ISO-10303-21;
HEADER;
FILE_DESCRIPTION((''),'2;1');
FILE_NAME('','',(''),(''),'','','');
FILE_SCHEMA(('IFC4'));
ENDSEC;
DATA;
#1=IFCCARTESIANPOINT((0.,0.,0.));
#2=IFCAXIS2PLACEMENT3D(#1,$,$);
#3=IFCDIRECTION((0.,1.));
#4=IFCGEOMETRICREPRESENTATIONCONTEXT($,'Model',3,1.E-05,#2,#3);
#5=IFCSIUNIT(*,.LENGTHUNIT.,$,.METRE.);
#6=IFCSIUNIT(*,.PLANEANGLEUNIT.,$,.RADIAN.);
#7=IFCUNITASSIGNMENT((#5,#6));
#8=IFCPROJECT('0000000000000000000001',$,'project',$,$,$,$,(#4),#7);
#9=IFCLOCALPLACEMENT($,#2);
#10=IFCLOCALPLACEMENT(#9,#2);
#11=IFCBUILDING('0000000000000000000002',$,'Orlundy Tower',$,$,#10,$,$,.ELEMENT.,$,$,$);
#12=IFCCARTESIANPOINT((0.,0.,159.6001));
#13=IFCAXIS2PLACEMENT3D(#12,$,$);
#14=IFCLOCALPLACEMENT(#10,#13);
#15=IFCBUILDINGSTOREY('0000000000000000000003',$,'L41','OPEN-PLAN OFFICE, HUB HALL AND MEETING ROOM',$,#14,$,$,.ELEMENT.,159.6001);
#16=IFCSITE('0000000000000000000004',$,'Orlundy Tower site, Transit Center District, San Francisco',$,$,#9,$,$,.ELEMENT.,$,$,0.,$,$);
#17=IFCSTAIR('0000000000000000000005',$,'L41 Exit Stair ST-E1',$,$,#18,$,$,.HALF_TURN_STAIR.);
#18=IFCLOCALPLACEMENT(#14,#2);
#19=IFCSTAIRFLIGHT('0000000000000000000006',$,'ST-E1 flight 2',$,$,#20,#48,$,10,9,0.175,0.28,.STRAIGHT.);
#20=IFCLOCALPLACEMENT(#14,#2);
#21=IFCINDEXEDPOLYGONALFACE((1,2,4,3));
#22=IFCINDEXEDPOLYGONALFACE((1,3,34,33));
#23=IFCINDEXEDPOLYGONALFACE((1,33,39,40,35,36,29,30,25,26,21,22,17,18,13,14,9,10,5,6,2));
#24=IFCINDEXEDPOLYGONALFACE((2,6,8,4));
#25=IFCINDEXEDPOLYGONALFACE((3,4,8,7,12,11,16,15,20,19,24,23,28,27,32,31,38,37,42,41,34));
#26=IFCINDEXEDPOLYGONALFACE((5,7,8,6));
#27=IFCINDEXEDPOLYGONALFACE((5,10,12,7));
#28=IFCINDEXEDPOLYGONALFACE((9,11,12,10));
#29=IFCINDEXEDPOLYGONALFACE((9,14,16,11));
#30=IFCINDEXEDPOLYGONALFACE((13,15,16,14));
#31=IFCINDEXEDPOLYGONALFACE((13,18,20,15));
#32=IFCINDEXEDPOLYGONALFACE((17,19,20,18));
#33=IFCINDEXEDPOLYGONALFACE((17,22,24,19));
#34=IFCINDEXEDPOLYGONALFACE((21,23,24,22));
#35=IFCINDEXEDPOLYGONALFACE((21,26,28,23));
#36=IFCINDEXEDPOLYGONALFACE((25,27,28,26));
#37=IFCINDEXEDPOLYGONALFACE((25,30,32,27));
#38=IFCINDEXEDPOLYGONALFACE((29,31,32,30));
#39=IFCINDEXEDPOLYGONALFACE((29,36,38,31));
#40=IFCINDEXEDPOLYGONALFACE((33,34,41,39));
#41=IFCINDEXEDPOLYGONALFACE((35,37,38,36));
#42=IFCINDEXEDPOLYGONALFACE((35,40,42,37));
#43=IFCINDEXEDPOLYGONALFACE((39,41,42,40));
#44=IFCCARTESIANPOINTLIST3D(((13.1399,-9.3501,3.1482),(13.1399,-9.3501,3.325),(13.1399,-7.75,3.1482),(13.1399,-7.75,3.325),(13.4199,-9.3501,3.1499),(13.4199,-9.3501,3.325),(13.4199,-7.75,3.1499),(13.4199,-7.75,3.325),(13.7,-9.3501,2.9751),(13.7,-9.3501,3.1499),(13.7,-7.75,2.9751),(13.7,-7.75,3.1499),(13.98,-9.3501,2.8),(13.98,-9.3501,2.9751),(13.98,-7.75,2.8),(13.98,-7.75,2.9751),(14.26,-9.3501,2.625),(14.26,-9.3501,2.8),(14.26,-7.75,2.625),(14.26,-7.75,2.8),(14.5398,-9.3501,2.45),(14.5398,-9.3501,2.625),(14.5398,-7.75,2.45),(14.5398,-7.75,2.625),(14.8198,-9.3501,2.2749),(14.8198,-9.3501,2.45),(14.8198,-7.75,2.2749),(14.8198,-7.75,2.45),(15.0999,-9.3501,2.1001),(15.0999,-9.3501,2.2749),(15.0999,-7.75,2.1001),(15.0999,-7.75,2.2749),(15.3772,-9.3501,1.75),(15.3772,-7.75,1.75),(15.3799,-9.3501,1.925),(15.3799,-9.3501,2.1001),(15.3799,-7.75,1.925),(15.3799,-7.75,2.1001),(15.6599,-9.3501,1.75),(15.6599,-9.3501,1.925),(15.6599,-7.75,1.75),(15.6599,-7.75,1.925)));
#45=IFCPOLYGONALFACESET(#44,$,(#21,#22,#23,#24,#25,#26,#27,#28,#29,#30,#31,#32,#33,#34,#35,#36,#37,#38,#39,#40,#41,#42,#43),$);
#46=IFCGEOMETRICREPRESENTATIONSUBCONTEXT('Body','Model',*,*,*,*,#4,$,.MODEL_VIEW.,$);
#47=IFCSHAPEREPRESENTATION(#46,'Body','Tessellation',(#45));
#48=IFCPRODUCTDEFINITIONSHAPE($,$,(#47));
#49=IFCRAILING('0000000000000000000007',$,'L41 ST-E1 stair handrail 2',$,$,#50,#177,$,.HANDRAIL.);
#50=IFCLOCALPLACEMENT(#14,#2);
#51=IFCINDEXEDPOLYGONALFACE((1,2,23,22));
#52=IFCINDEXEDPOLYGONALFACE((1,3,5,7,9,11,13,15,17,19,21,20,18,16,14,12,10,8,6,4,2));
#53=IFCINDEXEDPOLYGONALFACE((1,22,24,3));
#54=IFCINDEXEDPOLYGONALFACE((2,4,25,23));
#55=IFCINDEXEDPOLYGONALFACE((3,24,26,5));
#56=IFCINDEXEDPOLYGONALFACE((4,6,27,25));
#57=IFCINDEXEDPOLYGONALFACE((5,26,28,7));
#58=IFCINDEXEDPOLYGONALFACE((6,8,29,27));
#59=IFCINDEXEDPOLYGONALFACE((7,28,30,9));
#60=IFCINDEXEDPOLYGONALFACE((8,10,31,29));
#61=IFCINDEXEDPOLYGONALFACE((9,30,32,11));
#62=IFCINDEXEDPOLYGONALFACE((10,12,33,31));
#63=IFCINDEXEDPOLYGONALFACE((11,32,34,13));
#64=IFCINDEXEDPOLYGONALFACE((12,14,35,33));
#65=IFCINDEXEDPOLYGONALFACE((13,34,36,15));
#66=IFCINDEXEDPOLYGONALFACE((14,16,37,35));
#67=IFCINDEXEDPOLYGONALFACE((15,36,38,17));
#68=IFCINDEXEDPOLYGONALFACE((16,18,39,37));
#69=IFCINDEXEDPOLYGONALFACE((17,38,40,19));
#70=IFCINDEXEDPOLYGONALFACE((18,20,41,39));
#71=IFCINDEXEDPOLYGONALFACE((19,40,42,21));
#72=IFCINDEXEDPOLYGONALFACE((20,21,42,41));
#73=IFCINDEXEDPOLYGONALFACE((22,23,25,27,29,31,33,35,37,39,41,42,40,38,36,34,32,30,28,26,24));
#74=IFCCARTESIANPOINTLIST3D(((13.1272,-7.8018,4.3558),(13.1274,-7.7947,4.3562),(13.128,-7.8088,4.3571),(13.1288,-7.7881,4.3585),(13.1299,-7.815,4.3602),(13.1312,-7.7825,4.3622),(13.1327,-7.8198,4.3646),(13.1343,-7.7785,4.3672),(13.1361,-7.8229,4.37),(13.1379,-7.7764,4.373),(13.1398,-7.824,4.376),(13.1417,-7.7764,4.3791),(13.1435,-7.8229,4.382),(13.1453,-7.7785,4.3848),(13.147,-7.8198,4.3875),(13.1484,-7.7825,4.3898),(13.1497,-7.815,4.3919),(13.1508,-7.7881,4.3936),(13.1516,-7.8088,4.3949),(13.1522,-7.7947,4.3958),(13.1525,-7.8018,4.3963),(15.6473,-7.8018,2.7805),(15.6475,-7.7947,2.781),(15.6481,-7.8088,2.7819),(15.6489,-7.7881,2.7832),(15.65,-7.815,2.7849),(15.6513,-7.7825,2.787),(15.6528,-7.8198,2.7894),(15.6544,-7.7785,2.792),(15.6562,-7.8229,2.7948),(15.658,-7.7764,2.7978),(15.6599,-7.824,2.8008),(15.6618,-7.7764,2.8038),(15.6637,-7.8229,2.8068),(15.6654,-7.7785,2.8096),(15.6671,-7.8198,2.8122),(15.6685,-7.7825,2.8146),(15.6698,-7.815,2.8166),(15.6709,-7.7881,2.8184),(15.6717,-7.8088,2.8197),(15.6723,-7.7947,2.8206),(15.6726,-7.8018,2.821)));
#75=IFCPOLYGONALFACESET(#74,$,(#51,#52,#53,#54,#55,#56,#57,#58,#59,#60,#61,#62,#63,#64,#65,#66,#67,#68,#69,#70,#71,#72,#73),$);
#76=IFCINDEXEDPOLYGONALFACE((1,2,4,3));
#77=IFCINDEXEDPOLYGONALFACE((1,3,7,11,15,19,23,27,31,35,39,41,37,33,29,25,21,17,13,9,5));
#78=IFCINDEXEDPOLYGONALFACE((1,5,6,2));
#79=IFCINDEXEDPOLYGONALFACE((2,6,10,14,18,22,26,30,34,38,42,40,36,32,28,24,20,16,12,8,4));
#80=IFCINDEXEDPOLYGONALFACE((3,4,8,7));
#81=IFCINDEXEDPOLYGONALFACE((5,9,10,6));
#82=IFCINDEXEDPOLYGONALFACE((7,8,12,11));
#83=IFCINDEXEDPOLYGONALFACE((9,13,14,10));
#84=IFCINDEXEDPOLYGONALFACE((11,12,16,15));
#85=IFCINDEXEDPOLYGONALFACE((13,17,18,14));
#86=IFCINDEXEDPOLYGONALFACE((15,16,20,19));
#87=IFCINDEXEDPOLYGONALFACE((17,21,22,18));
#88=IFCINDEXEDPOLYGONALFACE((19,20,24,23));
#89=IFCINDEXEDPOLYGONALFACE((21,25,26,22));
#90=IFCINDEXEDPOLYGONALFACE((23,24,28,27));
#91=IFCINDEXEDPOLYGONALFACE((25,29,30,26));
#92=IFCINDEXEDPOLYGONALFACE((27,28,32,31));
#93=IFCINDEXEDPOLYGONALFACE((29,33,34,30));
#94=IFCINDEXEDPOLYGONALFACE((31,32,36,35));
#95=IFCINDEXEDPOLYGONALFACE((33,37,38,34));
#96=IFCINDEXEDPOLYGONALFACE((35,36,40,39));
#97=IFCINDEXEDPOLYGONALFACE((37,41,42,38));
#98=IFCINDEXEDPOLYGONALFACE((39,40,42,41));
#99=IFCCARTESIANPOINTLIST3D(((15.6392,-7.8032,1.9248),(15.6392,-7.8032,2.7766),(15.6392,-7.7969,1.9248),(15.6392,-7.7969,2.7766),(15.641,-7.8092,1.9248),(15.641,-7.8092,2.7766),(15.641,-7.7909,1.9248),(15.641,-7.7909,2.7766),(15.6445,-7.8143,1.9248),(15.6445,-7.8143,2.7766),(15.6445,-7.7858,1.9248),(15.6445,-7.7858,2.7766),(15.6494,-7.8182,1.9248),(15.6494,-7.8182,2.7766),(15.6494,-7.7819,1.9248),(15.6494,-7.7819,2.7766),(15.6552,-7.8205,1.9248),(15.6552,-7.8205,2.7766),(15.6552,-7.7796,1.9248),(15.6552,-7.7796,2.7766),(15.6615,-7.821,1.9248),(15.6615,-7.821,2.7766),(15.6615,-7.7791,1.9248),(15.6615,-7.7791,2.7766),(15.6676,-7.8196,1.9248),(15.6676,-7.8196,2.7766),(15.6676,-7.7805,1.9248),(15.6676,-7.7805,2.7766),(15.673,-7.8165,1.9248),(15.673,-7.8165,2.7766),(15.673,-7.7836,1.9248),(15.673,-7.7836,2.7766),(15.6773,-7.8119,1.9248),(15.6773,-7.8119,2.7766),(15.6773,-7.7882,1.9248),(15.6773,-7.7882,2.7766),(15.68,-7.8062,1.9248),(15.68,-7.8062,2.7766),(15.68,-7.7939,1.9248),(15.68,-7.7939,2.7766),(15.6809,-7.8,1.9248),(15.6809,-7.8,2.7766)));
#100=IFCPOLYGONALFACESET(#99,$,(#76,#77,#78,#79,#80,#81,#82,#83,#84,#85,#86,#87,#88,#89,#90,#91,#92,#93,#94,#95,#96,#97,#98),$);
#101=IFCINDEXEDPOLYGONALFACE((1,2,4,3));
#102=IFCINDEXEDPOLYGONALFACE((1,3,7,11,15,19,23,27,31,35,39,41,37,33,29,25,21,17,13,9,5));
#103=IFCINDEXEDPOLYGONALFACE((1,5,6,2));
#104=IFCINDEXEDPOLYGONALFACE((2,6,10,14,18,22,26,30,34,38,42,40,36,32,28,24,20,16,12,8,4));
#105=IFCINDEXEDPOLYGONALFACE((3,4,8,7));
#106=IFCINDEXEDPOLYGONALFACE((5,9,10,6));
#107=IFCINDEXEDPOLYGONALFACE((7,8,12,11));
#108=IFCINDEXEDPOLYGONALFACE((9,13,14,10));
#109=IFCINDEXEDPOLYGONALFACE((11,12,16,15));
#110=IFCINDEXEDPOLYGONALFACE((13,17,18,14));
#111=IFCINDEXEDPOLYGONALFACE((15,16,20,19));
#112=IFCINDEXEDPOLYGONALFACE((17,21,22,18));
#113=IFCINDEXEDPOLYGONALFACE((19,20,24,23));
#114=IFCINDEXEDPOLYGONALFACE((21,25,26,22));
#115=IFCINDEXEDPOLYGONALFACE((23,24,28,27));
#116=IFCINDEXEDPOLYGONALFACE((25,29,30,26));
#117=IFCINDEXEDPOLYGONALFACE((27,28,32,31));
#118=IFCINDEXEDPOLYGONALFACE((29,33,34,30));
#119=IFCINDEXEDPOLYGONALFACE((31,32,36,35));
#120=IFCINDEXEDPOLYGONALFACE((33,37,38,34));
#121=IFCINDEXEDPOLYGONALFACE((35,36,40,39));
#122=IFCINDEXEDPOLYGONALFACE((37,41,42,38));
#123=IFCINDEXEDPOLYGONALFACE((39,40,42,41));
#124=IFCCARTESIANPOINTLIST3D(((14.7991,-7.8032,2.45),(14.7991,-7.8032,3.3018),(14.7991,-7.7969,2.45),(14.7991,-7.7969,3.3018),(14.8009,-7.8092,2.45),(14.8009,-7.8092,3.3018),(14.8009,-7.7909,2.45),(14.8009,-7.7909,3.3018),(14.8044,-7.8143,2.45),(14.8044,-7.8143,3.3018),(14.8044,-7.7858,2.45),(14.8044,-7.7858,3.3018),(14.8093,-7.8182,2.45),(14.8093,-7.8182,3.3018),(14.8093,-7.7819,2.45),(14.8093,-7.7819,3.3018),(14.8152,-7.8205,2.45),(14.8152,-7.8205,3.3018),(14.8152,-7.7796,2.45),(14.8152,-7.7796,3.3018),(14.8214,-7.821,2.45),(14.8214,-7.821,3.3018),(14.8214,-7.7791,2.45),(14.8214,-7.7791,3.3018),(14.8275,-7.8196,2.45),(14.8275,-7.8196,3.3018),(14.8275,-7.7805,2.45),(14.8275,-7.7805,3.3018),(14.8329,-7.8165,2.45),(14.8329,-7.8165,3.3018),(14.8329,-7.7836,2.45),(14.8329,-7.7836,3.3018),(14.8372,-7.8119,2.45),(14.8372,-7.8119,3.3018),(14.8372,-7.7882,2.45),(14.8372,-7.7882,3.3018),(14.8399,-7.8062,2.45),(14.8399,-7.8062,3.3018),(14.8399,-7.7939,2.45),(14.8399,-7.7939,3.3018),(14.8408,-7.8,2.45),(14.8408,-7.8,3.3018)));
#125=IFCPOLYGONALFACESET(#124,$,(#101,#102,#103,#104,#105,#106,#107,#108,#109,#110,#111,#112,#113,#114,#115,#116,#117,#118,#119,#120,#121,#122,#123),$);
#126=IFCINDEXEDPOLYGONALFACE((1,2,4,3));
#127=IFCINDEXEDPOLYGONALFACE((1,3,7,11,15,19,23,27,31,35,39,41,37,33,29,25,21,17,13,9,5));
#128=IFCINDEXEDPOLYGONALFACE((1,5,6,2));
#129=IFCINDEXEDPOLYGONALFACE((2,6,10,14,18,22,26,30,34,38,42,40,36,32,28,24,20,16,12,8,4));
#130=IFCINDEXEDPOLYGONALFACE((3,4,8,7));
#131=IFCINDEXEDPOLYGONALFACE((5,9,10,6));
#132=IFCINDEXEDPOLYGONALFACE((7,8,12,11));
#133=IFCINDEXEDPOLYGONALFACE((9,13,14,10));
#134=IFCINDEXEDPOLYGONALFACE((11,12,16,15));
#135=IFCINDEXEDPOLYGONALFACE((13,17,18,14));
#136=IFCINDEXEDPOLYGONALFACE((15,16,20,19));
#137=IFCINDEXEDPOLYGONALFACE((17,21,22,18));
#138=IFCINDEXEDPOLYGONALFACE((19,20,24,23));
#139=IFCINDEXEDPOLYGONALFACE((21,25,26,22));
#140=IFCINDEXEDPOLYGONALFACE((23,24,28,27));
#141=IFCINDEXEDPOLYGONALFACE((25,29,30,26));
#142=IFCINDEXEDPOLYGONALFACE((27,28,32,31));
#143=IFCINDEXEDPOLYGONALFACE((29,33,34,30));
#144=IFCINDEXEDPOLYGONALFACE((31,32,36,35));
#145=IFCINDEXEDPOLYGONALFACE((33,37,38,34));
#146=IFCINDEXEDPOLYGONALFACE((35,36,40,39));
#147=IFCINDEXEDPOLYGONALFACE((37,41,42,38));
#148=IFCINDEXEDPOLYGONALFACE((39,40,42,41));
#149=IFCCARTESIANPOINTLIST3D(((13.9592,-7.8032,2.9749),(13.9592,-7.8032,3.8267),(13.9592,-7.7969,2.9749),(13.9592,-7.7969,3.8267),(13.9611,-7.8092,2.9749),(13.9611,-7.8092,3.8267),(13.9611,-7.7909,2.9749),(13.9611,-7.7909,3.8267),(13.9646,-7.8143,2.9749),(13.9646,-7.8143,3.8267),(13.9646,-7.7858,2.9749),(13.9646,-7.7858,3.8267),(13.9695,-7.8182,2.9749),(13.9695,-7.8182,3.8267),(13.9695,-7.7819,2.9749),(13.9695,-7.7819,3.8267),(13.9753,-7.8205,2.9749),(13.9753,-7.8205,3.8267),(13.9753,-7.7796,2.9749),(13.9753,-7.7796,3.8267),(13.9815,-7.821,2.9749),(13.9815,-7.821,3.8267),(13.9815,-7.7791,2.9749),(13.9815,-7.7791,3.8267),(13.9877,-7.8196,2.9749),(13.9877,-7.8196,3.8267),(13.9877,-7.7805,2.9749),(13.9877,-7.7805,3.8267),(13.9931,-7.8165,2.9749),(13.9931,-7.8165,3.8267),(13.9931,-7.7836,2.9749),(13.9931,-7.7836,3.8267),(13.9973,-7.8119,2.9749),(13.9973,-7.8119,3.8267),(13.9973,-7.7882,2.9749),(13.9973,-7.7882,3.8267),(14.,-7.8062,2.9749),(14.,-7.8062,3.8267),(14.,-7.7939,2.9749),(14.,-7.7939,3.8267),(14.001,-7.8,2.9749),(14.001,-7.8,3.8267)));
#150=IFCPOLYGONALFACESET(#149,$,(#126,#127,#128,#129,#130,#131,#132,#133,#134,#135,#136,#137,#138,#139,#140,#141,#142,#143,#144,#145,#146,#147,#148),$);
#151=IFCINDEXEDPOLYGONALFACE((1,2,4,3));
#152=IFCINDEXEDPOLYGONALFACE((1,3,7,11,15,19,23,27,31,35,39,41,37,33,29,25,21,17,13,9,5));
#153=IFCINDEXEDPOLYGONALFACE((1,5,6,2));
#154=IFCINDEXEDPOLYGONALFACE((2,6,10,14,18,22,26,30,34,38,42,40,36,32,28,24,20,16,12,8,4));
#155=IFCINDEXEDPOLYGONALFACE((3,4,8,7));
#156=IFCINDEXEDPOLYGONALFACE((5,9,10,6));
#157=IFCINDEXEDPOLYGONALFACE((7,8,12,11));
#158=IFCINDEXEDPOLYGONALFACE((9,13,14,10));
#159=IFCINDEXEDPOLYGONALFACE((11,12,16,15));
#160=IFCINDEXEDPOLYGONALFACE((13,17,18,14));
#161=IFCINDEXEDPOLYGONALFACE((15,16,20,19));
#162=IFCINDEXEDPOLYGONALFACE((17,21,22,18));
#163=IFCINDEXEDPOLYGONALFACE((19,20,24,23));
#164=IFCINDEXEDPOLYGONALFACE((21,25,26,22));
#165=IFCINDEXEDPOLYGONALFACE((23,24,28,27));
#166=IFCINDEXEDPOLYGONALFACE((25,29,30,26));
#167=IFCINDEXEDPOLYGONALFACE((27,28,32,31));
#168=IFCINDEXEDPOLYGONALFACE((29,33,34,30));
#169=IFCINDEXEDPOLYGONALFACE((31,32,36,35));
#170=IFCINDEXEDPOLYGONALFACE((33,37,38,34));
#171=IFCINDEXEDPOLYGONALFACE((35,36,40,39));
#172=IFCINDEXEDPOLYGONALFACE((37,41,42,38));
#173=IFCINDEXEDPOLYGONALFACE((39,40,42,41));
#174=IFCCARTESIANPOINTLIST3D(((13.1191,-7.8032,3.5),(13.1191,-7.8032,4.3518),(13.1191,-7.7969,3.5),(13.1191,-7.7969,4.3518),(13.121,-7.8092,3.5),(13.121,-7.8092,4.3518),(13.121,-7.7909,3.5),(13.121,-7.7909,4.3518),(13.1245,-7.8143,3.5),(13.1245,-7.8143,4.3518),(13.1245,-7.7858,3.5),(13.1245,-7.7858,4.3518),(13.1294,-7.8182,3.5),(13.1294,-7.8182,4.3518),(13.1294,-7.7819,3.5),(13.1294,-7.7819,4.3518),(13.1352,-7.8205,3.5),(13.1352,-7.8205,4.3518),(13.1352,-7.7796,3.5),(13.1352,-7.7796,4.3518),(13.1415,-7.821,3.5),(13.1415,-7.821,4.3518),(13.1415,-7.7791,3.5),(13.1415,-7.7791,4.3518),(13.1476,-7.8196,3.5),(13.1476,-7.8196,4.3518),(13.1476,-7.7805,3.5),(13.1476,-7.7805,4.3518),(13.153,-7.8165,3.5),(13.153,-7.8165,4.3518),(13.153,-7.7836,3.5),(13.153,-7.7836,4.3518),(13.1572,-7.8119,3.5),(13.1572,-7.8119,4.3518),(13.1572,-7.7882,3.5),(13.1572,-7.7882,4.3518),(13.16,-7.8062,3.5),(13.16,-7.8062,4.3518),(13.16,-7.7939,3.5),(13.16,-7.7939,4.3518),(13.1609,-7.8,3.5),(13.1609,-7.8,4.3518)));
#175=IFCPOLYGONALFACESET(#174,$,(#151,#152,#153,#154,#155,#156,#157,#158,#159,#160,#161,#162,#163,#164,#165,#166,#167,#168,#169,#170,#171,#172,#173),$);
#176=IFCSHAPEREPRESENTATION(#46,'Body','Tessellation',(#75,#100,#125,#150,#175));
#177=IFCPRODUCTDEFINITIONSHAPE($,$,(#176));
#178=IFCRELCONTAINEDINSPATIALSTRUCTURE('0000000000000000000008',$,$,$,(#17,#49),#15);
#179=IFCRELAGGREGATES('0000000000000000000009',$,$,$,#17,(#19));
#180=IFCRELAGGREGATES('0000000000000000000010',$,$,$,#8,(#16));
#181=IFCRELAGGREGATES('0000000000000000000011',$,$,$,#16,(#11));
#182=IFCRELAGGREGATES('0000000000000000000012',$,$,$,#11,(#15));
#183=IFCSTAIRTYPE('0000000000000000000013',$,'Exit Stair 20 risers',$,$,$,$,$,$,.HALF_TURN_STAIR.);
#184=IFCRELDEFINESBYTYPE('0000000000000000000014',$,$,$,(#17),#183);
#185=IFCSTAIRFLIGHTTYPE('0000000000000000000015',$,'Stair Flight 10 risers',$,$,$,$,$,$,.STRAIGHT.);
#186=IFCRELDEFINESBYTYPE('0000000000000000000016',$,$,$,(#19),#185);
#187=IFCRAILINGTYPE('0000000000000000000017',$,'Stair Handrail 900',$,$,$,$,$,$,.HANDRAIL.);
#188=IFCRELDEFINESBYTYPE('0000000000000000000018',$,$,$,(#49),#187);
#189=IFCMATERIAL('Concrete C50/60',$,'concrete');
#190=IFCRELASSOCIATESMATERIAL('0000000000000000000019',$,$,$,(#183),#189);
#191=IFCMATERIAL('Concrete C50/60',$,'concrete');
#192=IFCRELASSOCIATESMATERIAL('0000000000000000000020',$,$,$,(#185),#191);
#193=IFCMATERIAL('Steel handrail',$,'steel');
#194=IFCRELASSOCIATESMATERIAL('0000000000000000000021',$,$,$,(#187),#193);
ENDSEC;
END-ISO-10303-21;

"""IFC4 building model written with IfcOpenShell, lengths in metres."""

from ifc_helpers import new_model, si_unit, direction, frame, origin, origin_2d, place, context, subcontext, project, spatial, polyline, circle, outline, extrude, material, type_object, element, aggregate, save


model = new_model("IFC4")

# Units and contexts
model_context = context("Model", 3, precision=1e-05, world=origin(), true_north=direction((0.0, 1.0)))
body_context = subcontext(model_context, "Body", "Model", "MODEL_VIEW")
ifc_project = project(units=[si_unit("LENGTHUNIT", "METRE"), si_unit("PLANEANGLEUNIT", "RADIAN")], contexts=[model_context])

# Site, building, storey
site_placement = place(None, origin())
site = spatial("IfcSite", under=ifc_project, at=site_placement, Name="Orlundy Tower site, Transit Center District, San Francisco", CompositionType="ELEMENT", RefElevation=0.0)
building_placement = place(site_placement, origin())
building = spatial("IfcBuilding", under=site, at=building_placement, Name="Orlundy Tower", CompositionType="ELEMENT")
storey_placement = place(building_placement, frame((0.0, 0.0, 159.6001)))
storey = spatial("IfcBuildingStorey", under=building, at=storey_placement, Name="L41", Description="OPEN-PLAN OFFICE, HUB HALL AND MEETING ROOM", CompositionType="ELEMENT", Elevation=159.6001)

# Stair, stair flight
ifc_material_1 = material(Name="Concrete C50/60", Category="concrete")
stair_type = type_object("IfcStairType", Name="Exit Stair 20 risers", PredefinedType="HALF_TURN_STAIR", material=ifc_material_1)
stair_placement = place(storey_placement, origin())
stair = element("IfcStair", 1, at=stair_placement, inside=storey, type_object=stair_type, Name="L41 Exit Stair ST-E1", PredefinedType="HALF_TURN_STAIR")
ifc_material_2 = material(Name="Concrete C50/60", Category="concrete")
stair_flight_type = type_object("IfcStairFlightType", Name="Stair Flight 10 risers", PredefinedType="STRAIGHT", material=ifc_material_2)
stair_flight_placement = place(storey_placement, frame((15.6599, -8.55, 1.75), z_axis=(0.0, 0.0, 1.0), x_axis=(-1.0, 0.0, 0.0)))
stair_flight = element("IfcStairFlight", 2, at=stair_flight_placement, type_object=stair_flight_type, Name="ST-E1 flight 2", NumberOfRisers=10, NumberOfTreads=9, PredefinedType="STRAIGHT", RiserHeight=0.175, TreadLength=0.28, context=body_context, shape_type="SweptSolid", body=[
    extrude(outline(polyline([(0.0, 0.0), (0.0, 0.175), (0.28, 0.175), (0.28, 0.3501), (0.5601, 0.3501), (0.5601, 0.5249), (0.8401, 0.5249), (0.8401, 0.7), (1.1201, 0.7), (1.1201, 0.875), (1.3999, 0.875), (1.3999, 1.05), (1.6799, 1.05), (1.6799, 1.2251), (1.96, 1.2251), (1.96, 1.3999), (2.24, 1.3999), (2.24, 1.575), (2.52, 1.575), (2.52, 1.75), (2.52, 1.3982), (0.2827, 0.0), (0.0, 0.0)])), frame((0.0, 0.8, 0.0), z_axis=(0.0, -1.0, 0.0), x_axis=(1.0, 0.0, 0.0)), (0.0, 0.0, 1.0), 1.6001),
])
aggregate(stair, [stair_flight])

# Railing
ifc_material_3 = material(Name="Steel handrail", Category="steel")
railing_type = type_object("IfcRailingType", Name="Stair Handrail 900", PredefinedType="HANDRAIL", material=ifc_material_3)
railing_placement = place(storey_placement, frame((15.6599, -7.8, 1.9248)))
element("IfcRailing", 3, at=railing_placement, inside=storey, type_object=railing_type, Name="L41 ST-E1 stair handrail 2", PredefinedType="HANDRAIL", context=body_context, shape_type="SweptSolid", body=[
    extrude(circle(Radius=0.0239, at=origin_2d()), frame((0.0, 0.0, 0.876), z_axis=(-0.847971, 0.0, 0.530043), x_axis=(0.0, -1.0, 0.0)), (0.0, 0.0, 1.0), 2.9719),
    extrude(circle(Radius=0.021, at=origin_2d()), origin(), (0.0, 0.0, 1.0), 0.8518),
    extrude(circle(Radius=0.021, at=origin_2d()), frame((-0.8401, 0.0, 0.5251)), (0.0, 0.0, 1.0), 0.8518),
    extrude(circle(Radius=0.021, at=origin_2d()), frame((-1.6799, 0.0, 1.05)), (0.0, 0.0, 1.0), 0.8518),
    extrude(circle(Radius=0.021, at=origin_2d()), frame((-2.52, 0.0, 1.5752)), (0.0, 0.0, 1.0), 0.8518),
])

save(model, "model.ifc")
